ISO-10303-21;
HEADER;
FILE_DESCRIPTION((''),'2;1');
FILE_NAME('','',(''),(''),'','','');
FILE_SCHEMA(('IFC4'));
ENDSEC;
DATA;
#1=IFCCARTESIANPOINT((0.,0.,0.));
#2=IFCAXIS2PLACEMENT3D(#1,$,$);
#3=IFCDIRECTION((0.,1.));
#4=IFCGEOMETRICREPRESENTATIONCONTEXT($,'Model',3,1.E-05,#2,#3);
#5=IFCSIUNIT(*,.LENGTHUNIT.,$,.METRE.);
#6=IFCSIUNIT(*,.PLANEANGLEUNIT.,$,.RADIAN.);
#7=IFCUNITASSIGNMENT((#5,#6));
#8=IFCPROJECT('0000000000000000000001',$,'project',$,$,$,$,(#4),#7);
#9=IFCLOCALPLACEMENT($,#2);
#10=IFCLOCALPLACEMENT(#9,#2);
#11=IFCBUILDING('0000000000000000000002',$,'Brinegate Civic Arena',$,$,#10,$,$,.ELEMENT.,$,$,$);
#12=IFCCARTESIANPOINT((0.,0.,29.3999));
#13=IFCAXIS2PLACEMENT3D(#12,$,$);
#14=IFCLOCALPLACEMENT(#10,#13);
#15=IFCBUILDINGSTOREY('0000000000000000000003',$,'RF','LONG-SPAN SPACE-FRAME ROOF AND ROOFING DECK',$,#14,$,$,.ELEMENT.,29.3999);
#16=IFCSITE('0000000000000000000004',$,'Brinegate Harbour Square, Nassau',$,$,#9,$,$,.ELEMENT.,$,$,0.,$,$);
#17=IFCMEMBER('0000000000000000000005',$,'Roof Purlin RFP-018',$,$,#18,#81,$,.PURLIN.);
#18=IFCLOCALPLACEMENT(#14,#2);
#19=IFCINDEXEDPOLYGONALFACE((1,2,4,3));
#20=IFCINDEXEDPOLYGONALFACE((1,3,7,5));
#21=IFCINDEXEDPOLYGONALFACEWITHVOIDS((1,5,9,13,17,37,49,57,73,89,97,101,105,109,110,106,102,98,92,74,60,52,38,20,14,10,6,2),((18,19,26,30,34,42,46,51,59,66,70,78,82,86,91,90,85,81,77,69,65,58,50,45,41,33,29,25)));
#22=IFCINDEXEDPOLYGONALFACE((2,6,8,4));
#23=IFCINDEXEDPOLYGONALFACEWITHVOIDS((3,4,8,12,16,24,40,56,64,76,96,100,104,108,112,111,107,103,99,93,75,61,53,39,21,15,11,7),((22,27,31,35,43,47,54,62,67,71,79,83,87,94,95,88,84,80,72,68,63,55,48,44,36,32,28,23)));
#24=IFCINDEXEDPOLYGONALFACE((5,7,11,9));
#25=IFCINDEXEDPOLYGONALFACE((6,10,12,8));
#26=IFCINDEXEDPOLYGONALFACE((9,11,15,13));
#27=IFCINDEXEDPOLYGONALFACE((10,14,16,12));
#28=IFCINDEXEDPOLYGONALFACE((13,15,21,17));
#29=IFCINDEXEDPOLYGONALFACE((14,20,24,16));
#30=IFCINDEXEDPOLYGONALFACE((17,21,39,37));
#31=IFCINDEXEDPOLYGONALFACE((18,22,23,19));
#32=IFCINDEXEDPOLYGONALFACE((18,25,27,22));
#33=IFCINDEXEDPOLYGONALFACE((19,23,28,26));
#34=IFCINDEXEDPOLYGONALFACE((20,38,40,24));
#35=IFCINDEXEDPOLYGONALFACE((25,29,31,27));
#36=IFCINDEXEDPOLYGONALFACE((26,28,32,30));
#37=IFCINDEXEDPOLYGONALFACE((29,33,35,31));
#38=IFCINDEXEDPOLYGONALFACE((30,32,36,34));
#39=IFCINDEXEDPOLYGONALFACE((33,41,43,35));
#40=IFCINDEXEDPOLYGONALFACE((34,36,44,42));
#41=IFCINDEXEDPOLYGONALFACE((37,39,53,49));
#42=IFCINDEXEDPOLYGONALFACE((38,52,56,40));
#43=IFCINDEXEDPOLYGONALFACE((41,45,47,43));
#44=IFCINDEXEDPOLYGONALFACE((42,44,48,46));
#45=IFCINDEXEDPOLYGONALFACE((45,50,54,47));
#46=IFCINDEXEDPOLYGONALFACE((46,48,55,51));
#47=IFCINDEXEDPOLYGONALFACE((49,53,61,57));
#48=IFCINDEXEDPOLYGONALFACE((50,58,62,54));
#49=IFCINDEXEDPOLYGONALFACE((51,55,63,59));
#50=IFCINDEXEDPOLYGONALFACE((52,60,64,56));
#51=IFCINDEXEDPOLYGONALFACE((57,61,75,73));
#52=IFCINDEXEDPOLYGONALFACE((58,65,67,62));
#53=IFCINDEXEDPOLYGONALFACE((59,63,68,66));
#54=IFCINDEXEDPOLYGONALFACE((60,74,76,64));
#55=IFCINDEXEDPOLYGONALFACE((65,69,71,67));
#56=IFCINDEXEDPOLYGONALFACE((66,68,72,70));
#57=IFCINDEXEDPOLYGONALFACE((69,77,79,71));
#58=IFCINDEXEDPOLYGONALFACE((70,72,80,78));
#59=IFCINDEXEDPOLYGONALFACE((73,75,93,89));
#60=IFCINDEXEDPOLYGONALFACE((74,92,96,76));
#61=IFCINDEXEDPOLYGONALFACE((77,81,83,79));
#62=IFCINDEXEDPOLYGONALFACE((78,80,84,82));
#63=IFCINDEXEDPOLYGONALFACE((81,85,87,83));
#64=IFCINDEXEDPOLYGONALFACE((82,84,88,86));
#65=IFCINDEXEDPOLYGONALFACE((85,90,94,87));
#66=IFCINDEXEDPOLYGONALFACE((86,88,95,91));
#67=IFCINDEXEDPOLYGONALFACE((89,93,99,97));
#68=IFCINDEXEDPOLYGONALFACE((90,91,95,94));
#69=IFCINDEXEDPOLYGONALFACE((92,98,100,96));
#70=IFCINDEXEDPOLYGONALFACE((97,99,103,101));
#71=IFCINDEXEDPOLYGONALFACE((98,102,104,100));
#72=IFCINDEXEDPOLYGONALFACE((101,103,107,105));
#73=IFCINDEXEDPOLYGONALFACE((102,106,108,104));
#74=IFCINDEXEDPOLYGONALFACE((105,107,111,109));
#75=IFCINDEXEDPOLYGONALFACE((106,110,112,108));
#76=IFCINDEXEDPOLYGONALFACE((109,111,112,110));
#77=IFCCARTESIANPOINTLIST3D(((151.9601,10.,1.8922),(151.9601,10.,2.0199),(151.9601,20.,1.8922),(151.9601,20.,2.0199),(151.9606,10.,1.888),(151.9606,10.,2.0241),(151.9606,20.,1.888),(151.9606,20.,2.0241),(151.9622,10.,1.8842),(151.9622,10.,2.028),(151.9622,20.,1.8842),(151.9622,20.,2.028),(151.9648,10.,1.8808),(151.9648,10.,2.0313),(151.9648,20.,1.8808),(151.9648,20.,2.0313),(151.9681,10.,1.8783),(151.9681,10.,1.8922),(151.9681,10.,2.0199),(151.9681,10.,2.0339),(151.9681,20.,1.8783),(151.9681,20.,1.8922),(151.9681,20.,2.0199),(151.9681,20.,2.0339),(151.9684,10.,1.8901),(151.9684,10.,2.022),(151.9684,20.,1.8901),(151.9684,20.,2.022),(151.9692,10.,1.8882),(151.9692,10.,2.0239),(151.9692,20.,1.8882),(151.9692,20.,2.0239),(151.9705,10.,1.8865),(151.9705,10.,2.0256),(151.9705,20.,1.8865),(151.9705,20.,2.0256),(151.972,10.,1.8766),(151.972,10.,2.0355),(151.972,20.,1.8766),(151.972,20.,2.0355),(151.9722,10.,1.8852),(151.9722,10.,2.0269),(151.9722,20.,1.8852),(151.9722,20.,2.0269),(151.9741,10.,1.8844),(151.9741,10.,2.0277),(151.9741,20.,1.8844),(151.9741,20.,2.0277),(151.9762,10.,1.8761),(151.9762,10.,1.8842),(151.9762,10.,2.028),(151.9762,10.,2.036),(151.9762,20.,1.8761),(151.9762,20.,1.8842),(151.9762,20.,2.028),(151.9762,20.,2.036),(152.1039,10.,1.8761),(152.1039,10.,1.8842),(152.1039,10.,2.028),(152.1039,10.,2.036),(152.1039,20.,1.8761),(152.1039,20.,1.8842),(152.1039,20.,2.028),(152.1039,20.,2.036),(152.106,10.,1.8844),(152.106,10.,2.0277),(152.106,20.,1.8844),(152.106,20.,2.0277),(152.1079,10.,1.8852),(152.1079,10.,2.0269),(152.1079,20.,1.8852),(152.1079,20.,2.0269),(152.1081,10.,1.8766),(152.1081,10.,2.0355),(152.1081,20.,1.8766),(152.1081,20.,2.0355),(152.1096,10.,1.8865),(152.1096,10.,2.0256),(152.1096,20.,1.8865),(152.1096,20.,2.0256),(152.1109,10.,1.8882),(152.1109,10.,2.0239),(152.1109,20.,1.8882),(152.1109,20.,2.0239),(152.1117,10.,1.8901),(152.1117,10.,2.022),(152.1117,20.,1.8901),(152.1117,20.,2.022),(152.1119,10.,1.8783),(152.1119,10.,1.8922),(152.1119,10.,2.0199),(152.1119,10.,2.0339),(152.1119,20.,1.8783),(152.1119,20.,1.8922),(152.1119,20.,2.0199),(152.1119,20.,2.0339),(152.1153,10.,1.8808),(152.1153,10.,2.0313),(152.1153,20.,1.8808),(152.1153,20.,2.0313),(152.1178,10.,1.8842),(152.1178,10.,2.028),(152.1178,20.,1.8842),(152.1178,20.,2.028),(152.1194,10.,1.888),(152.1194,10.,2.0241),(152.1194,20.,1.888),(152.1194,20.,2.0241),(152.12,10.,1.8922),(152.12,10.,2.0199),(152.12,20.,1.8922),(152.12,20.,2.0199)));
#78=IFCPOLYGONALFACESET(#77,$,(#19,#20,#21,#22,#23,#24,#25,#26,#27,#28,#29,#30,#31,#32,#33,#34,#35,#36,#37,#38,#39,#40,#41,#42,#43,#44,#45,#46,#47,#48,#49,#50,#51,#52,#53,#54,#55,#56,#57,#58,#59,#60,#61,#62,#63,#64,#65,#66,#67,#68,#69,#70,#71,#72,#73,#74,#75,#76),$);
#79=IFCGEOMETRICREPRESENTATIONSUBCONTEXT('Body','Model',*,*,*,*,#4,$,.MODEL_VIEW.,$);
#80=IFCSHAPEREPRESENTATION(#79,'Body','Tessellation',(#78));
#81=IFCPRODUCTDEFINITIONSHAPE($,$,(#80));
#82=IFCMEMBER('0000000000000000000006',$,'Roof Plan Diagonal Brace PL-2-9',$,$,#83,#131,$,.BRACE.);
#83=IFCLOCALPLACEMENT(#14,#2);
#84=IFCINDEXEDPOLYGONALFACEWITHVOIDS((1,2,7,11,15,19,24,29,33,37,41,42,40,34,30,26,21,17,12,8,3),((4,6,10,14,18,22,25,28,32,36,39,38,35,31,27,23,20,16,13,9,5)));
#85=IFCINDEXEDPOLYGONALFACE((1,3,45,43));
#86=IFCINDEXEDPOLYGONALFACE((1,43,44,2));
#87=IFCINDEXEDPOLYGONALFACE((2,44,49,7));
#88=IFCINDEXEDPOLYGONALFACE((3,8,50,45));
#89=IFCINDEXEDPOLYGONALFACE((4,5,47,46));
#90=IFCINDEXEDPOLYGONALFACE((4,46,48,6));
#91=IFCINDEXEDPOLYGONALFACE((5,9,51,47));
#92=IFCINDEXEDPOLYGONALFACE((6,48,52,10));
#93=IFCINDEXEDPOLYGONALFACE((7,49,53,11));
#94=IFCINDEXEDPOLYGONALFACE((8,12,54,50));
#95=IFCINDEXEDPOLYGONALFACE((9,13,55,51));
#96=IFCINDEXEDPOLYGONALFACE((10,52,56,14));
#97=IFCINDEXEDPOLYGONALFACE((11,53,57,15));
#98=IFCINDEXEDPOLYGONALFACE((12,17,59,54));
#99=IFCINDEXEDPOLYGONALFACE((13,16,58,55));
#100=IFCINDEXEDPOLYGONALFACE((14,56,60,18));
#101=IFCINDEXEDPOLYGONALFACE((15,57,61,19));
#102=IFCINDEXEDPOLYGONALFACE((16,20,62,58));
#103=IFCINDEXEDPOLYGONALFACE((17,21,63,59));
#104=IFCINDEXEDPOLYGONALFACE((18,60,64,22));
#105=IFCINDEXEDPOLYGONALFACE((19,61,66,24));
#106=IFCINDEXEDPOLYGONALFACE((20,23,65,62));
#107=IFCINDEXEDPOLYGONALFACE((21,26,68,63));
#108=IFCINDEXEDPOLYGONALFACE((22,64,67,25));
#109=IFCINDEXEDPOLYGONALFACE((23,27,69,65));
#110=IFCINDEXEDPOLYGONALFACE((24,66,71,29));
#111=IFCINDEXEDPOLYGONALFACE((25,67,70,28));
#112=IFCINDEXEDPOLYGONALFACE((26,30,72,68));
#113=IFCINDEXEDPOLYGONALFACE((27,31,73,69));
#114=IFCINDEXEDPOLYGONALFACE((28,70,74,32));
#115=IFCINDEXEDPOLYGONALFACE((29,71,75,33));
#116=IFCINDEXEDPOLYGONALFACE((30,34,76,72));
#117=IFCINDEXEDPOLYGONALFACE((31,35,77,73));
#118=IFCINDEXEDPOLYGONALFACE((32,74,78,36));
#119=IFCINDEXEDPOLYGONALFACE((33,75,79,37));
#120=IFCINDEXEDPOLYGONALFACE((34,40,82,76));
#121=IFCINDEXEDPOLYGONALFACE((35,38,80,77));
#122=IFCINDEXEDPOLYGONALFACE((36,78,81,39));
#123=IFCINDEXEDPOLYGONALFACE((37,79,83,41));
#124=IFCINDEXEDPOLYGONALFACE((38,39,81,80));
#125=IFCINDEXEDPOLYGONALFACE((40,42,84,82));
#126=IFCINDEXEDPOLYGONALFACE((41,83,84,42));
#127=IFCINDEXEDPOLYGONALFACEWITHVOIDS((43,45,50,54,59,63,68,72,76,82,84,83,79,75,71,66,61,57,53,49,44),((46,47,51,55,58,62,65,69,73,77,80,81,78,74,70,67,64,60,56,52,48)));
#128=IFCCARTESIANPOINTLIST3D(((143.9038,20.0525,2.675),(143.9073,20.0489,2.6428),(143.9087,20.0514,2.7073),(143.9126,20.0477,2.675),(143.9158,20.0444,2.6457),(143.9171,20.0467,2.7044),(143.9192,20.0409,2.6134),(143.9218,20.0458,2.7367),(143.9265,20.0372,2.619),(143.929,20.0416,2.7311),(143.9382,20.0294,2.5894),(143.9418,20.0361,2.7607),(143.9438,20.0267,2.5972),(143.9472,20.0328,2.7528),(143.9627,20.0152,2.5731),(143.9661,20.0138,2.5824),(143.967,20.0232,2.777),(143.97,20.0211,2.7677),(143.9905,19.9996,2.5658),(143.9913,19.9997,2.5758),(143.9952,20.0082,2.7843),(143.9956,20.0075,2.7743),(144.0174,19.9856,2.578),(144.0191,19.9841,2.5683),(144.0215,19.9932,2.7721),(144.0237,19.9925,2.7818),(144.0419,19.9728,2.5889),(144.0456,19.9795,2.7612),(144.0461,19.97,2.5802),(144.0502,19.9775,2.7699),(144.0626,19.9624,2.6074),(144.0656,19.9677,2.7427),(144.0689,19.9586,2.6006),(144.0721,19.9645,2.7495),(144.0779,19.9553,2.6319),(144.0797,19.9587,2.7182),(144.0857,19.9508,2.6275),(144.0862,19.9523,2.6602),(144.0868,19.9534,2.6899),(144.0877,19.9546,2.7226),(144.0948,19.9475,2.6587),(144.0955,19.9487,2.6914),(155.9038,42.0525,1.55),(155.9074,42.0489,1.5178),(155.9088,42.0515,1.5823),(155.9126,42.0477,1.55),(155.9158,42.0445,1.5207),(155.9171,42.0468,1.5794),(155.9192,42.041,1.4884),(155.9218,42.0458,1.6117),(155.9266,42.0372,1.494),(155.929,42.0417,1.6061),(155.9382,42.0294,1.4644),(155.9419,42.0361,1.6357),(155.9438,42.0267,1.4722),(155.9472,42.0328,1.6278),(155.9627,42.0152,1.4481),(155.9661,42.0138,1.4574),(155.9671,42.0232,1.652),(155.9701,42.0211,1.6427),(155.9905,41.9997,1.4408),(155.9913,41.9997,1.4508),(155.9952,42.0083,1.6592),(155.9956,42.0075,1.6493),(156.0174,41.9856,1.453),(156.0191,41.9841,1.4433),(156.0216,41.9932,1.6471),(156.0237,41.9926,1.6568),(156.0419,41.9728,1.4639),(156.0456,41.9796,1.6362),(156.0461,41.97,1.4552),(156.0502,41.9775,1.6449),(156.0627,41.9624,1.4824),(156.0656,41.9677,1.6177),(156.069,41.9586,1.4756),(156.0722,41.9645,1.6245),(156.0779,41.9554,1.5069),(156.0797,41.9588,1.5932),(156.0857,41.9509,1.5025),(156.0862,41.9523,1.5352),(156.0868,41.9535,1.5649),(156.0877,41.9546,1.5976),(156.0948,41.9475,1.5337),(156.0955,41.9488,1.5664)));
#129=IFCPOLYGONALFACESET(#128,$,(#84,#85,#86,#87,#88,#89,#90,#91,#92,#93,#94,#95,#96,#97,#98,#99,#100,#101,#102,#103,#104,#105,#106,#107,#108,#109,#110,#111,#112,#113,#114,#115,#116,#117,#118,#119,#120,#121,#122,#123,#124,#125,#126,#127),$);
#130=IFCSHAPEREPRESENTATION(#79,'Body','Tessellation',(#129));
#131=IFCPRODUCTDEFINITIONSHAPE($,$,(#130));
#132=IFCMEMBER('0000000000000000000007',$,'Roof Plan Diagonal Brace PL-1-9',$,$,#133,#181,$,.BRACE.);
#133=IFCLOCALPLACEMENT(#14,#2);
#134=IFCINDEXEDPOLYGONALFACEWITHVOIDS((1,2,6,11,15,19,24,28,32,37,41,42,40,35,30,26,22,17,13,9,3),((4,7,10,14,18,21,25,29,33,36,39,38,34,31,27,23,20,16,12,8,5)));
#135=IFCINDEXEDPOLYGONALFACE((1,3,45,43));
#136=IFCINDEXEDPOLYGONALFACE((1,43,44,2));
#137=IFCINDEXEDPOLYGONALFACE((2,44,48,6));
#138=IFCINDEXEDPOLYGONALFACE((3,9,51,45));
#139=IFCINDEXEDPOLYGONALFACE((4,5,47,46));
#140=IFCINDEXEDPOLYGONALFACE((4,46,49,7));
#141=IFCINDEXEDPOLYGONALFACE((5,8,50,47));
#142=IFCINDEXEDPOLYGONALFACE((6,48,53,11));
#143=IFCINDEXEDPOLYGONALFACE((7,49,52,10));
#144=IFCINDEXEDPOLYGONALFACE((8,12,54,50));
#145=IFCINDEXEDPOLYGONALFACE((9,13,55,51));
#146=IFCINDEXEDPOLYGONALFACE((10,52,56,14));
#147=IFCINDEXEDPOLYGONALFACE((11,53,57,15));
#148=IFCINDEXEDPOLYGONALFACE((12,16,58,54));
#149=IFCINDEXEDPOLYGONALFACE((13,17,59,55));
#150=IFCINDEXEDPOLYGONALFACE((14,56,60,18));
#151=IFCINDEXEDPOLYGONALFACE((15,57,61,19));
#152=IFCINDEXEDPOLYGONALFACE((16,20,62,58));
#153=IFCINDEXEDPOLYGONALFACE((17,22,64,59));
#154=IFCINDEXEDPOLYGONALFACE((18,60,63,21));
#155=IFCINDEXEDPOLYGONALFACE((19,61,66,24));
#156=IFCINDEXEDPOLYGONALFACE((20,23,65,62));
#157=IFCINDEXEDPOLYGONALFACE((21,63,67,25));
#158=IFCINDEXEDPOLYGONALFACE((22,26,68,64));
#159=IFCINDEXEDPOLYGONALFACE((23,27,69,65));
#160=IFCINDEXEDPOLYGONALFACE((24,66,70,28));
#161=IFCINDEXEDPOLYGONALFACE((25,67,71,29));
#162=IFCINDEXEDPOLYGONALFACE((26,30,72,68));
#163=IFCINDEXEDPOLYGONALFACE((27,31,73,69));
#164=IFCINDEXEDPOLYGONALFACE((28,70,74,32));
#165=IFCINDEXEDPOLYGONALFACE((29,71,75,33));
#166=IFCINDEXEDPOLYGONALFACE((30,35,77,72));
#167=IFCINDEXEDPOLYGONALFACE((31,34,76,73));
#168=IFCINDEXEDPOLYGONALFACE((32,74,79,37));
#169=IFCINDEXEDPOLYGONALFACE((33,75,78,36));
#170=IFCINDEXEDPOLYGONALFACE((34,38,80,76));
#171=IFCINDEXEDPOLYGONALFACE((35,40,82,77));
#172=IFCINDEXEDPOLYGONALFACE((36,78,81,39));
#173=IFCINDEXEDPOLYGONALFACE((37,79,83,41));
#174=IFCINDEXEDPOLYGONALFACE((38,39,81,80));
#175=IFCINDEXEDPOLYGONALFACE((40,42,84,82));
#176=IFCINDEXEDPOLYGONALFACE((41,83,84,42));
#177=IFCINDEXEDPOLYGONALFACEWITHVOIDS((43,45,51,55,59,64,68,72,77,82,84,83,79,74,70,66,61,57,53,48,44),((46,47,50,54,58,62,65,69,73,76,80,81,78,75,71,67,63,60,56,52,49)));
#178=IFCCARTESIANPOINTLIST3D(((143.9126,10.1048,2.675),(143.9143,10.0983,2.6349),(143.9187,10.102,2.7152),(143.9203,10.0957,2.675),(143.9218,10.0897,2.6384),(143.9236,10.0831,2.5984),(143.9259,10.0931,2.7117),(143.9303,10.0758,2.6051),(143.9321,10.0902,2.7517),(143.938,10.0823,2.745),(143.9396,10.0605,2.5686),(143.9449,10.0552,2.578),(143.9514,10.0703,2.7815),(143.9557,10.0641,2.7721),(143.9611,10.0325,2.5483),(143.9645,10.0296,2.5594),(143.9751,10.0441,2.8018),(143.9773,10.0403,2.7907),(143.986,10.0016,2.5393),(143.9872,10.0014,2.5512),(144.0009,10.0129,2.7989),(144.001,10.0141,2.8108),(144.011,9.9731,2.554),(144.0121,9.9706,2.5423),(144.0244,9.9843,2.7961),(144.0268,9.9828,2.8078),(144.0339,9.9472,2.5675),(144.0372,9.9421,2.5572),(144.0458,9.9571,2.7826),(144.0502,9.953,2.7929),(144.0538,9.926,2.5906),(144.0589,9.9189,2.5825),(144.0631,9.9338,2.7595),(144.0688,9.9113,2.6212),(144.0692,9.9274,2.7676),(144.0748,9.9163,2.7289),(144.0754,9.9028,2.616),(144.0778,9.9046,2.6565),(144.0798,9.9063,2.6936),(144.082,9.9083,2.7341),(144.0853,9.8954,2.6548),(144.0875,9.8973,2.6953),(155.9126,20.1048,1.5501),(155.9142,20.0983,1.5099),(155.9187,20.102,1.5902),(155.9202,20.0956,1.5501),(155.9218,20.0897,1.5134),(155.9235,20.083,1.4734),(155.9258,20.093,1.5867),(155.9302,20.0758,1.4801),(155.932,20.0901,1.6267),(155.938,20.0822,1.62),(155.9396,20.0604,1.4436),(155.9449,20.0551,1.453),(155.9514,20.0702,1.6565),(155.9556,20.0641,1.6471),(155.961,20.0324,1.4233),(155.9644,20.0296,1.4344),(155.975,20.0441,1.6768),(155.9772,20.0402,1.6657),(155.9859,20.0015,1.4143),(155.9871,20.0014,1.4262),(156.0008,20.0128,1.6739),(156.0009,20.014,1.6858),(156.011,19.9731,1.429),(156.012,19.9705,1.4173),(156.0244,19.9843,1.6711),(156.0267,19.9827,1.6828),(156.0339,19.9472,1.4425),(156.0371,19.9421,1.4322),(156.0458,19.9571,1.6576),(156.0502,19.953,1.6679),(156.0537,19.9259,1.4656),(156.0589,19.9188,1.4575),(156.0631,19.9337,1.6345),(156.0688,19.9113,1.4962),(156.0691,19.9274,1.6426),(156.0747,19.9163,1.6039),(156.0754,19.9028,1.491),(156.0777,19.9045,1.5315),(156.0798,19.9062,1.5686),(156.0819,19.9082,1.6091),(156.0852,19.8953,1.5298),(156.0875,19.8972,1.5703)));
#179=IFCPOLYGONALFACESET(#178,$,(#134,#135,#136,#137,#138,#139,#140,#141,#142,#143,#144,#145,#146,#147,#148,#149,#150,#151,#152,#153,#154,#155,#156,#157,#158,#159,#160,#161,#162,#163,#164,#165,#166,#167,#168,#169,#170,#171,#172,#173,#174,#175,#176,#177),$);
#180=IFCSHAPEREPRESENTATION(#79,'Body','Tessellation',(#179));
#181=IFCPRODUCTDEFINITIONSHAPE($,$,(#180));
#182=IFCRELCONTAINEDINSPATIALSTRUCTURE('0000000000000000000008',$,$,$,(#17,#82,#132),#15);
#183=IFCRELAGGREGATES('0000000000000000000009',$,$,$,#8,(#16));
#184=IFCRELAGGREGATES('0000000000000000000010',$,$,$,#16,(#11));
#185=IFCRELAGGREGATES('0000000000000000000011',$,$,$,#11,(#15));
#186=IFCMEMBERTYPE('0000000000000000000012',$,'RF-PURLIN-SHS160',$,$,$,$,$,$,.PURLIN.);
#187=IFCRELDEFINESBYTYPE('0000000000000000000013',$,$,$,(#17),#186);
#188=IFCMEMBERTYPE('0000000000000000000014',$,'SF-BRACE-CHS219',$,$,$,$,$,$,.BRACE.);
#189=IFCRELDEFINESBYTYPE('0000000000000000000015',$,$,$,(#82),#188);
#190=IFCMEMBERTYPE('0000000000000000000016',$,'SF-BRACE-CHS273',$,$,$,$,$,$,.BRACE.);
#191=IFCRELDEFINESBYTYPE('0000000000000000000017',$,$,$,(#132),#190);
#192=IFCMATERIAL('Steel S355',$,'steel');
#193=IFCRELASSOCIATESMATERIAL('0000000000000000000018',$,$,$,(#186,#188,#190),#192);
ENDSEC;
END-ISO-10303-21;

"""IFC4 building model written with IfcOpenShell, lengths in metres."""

from ifc_helpers import new_model, si_unit, direction, frame, origin, origin_2d, place, context, subcontext, project, spatial, hollow_rectangle, hollow_circle, extrude, material, material_profile, profile_set, type_object, element, save


model = new_model("IFC4")

# Units and contexts
model_context = context("Model", 3, precision=1e-05, world=origin(), true_north=direction((0.0, 1.0)))
body_context = subcontext(model_context, "Body", "Model", "MODEL_VIEW")
ifc_project = project(units=[si_unit("LENGTHUNIT", "METRE"), si_unit("PLANEANGLEUNIT", "RADIAN")], contexts=[model_context])

# Site, building, storey
site_placement = place(None, origin())
site = spatial("IfcSite", under=ifc_project, at=site_placement, Name="Brinegate Harbour Square, Nassau", CompositionType="ELEMENT", RefElevation=0.0)
building_placement = place(site_placement, origin())
building = spatial("IfcBuilding", under=site, at=building_placement, Name="Brinegate Civic Arena", CompositionType="ELEMENT")
storey_placement = place(building_placement, frame((0.0, 0.0, 29.3999)))
storey = spatial("IfcBuildingStorey", under=building, at=storey_placement, Name="RF", Description="LONG-SPAN SPACE-FRAME ROOF AND ROOFING DECK", CompositionType="ELEMENT", Elevation=29.3999)

# Shared definitions
ifc_material_1 = material(Name="Steel S355", Category="steel")

# Members
ifc_material_profile_1 = material_profile(ifc_material_1, hollow_rectangle(XDim=0.1599, YDim=0.1599, WallThickness=0.0081, InnerFilletRadius=0.0081, OuterFilletRadius=0.0161, at=origin_2d()), Name="SHS160X8")
ifc_profile_set_1 = profile_set([ifc_material_profile_1], Name="Steel S355")
member_type_1 = type_object("IfcMemberType", Name="RF-PURLIN-SHS160", PredefinedType="PURLIN", material=ifc_profile_set_1)
for number, where, z_axis, x_axis, name in (
    (1, (152.04, 10.0, 1.9561), (0.0, 1.0, 0.0), (-1.0, 0.0, 0.0), "Roof Purlin RFP-018"),
):
    element("IfcMember", number, at=place(storey_placement, frame(where, z_axis=z_axis, x_axis=x_axis)), inside=storey, type_object=member_type_1, Name=name, PredefinedType="PURLIN", context=body_context, shape_type="SweptSolid", body=[
        extrude(hollow_rectangle(XDim=0.1599, YDim=0.1599, WallThickness=0.0081, InnerFilletRadius=0.0081, OuterFilletRadius=0.0161, at=origin_2d()), origin(), (0.0, 0.0, 1.0), 10.0),
    ])
ifc_material_profile_2 = material_profile(ifc_material_1, hollow_circle(Radius=0.1096, WallThickness=0.01, at=origin_2d()), Name="CHS219X10")
ifc_profile_set_2 = profile_set([ifc_material_profile_2], Name="Steel S355")
member_type_2 = type_object("IfcMemberType", Name="SF-BRACE-CHS219", PredefinedType="BRACE", material=ifc_profile_set_2)
member_1_placement = place(storey_placement, frame((144.0, 20.0, 2.675), z_axis=(0.47837, 0.877012, -0.044847), x_axis=(-0.877896, 0.478852, 0.0)))
element("IfcMember", 2, at=member_1_placement, inside=storey, type_object=member_type_2, Name="Roof Plan Diagonal Brace PL-2-9", PredefinedType="BRACE", context=body_context, shape_type="SweptSolid", body=[
    extrude(hollow_circle(Radius=0.1096, WallThickness=0.01, at=origin_2d()), origin(), (0.0, 0.0, 1.0), 25.0852),
])
ifc_material_profile_3 = material_profile(ifc_material_1, hollow_circle(Radius=0.1365, WallThickness=0.012, at=origin_2d()), Name="CHS273X12")
ifc_profile_set_3 = profile_set([ifc_material_profile_3], Name="Steel S355")
member_type_3 = type_object("IfcMemberType", Name="SF-BRACE-CHS273", PredefinedType="BRACE", material=ifc_profile_set_3)
member_2_placement = place(storey_placement, frame((144.0, 10.0, 2.675), z_axis=(0.766237, 0.638531, -0.071835), x_axis=(-0.640184, 0.768221, 0.0)))
element("IfcMember", 3, at=member_2_placement, inside=storey, type_object=member_type_3, Name="Roof Plan Diagonal Brace PL-1-9", PredefinedType="BRACE", context=body_context, shape_type="SweptSolid", body=[
    extrude(hollow_circle(Radius=0.1365, WallThickness=0.012, at=origin_2d()), origin(), (0.0, 0.0, 1.0), 15.6609),
])

save(model, "model.ifc")
